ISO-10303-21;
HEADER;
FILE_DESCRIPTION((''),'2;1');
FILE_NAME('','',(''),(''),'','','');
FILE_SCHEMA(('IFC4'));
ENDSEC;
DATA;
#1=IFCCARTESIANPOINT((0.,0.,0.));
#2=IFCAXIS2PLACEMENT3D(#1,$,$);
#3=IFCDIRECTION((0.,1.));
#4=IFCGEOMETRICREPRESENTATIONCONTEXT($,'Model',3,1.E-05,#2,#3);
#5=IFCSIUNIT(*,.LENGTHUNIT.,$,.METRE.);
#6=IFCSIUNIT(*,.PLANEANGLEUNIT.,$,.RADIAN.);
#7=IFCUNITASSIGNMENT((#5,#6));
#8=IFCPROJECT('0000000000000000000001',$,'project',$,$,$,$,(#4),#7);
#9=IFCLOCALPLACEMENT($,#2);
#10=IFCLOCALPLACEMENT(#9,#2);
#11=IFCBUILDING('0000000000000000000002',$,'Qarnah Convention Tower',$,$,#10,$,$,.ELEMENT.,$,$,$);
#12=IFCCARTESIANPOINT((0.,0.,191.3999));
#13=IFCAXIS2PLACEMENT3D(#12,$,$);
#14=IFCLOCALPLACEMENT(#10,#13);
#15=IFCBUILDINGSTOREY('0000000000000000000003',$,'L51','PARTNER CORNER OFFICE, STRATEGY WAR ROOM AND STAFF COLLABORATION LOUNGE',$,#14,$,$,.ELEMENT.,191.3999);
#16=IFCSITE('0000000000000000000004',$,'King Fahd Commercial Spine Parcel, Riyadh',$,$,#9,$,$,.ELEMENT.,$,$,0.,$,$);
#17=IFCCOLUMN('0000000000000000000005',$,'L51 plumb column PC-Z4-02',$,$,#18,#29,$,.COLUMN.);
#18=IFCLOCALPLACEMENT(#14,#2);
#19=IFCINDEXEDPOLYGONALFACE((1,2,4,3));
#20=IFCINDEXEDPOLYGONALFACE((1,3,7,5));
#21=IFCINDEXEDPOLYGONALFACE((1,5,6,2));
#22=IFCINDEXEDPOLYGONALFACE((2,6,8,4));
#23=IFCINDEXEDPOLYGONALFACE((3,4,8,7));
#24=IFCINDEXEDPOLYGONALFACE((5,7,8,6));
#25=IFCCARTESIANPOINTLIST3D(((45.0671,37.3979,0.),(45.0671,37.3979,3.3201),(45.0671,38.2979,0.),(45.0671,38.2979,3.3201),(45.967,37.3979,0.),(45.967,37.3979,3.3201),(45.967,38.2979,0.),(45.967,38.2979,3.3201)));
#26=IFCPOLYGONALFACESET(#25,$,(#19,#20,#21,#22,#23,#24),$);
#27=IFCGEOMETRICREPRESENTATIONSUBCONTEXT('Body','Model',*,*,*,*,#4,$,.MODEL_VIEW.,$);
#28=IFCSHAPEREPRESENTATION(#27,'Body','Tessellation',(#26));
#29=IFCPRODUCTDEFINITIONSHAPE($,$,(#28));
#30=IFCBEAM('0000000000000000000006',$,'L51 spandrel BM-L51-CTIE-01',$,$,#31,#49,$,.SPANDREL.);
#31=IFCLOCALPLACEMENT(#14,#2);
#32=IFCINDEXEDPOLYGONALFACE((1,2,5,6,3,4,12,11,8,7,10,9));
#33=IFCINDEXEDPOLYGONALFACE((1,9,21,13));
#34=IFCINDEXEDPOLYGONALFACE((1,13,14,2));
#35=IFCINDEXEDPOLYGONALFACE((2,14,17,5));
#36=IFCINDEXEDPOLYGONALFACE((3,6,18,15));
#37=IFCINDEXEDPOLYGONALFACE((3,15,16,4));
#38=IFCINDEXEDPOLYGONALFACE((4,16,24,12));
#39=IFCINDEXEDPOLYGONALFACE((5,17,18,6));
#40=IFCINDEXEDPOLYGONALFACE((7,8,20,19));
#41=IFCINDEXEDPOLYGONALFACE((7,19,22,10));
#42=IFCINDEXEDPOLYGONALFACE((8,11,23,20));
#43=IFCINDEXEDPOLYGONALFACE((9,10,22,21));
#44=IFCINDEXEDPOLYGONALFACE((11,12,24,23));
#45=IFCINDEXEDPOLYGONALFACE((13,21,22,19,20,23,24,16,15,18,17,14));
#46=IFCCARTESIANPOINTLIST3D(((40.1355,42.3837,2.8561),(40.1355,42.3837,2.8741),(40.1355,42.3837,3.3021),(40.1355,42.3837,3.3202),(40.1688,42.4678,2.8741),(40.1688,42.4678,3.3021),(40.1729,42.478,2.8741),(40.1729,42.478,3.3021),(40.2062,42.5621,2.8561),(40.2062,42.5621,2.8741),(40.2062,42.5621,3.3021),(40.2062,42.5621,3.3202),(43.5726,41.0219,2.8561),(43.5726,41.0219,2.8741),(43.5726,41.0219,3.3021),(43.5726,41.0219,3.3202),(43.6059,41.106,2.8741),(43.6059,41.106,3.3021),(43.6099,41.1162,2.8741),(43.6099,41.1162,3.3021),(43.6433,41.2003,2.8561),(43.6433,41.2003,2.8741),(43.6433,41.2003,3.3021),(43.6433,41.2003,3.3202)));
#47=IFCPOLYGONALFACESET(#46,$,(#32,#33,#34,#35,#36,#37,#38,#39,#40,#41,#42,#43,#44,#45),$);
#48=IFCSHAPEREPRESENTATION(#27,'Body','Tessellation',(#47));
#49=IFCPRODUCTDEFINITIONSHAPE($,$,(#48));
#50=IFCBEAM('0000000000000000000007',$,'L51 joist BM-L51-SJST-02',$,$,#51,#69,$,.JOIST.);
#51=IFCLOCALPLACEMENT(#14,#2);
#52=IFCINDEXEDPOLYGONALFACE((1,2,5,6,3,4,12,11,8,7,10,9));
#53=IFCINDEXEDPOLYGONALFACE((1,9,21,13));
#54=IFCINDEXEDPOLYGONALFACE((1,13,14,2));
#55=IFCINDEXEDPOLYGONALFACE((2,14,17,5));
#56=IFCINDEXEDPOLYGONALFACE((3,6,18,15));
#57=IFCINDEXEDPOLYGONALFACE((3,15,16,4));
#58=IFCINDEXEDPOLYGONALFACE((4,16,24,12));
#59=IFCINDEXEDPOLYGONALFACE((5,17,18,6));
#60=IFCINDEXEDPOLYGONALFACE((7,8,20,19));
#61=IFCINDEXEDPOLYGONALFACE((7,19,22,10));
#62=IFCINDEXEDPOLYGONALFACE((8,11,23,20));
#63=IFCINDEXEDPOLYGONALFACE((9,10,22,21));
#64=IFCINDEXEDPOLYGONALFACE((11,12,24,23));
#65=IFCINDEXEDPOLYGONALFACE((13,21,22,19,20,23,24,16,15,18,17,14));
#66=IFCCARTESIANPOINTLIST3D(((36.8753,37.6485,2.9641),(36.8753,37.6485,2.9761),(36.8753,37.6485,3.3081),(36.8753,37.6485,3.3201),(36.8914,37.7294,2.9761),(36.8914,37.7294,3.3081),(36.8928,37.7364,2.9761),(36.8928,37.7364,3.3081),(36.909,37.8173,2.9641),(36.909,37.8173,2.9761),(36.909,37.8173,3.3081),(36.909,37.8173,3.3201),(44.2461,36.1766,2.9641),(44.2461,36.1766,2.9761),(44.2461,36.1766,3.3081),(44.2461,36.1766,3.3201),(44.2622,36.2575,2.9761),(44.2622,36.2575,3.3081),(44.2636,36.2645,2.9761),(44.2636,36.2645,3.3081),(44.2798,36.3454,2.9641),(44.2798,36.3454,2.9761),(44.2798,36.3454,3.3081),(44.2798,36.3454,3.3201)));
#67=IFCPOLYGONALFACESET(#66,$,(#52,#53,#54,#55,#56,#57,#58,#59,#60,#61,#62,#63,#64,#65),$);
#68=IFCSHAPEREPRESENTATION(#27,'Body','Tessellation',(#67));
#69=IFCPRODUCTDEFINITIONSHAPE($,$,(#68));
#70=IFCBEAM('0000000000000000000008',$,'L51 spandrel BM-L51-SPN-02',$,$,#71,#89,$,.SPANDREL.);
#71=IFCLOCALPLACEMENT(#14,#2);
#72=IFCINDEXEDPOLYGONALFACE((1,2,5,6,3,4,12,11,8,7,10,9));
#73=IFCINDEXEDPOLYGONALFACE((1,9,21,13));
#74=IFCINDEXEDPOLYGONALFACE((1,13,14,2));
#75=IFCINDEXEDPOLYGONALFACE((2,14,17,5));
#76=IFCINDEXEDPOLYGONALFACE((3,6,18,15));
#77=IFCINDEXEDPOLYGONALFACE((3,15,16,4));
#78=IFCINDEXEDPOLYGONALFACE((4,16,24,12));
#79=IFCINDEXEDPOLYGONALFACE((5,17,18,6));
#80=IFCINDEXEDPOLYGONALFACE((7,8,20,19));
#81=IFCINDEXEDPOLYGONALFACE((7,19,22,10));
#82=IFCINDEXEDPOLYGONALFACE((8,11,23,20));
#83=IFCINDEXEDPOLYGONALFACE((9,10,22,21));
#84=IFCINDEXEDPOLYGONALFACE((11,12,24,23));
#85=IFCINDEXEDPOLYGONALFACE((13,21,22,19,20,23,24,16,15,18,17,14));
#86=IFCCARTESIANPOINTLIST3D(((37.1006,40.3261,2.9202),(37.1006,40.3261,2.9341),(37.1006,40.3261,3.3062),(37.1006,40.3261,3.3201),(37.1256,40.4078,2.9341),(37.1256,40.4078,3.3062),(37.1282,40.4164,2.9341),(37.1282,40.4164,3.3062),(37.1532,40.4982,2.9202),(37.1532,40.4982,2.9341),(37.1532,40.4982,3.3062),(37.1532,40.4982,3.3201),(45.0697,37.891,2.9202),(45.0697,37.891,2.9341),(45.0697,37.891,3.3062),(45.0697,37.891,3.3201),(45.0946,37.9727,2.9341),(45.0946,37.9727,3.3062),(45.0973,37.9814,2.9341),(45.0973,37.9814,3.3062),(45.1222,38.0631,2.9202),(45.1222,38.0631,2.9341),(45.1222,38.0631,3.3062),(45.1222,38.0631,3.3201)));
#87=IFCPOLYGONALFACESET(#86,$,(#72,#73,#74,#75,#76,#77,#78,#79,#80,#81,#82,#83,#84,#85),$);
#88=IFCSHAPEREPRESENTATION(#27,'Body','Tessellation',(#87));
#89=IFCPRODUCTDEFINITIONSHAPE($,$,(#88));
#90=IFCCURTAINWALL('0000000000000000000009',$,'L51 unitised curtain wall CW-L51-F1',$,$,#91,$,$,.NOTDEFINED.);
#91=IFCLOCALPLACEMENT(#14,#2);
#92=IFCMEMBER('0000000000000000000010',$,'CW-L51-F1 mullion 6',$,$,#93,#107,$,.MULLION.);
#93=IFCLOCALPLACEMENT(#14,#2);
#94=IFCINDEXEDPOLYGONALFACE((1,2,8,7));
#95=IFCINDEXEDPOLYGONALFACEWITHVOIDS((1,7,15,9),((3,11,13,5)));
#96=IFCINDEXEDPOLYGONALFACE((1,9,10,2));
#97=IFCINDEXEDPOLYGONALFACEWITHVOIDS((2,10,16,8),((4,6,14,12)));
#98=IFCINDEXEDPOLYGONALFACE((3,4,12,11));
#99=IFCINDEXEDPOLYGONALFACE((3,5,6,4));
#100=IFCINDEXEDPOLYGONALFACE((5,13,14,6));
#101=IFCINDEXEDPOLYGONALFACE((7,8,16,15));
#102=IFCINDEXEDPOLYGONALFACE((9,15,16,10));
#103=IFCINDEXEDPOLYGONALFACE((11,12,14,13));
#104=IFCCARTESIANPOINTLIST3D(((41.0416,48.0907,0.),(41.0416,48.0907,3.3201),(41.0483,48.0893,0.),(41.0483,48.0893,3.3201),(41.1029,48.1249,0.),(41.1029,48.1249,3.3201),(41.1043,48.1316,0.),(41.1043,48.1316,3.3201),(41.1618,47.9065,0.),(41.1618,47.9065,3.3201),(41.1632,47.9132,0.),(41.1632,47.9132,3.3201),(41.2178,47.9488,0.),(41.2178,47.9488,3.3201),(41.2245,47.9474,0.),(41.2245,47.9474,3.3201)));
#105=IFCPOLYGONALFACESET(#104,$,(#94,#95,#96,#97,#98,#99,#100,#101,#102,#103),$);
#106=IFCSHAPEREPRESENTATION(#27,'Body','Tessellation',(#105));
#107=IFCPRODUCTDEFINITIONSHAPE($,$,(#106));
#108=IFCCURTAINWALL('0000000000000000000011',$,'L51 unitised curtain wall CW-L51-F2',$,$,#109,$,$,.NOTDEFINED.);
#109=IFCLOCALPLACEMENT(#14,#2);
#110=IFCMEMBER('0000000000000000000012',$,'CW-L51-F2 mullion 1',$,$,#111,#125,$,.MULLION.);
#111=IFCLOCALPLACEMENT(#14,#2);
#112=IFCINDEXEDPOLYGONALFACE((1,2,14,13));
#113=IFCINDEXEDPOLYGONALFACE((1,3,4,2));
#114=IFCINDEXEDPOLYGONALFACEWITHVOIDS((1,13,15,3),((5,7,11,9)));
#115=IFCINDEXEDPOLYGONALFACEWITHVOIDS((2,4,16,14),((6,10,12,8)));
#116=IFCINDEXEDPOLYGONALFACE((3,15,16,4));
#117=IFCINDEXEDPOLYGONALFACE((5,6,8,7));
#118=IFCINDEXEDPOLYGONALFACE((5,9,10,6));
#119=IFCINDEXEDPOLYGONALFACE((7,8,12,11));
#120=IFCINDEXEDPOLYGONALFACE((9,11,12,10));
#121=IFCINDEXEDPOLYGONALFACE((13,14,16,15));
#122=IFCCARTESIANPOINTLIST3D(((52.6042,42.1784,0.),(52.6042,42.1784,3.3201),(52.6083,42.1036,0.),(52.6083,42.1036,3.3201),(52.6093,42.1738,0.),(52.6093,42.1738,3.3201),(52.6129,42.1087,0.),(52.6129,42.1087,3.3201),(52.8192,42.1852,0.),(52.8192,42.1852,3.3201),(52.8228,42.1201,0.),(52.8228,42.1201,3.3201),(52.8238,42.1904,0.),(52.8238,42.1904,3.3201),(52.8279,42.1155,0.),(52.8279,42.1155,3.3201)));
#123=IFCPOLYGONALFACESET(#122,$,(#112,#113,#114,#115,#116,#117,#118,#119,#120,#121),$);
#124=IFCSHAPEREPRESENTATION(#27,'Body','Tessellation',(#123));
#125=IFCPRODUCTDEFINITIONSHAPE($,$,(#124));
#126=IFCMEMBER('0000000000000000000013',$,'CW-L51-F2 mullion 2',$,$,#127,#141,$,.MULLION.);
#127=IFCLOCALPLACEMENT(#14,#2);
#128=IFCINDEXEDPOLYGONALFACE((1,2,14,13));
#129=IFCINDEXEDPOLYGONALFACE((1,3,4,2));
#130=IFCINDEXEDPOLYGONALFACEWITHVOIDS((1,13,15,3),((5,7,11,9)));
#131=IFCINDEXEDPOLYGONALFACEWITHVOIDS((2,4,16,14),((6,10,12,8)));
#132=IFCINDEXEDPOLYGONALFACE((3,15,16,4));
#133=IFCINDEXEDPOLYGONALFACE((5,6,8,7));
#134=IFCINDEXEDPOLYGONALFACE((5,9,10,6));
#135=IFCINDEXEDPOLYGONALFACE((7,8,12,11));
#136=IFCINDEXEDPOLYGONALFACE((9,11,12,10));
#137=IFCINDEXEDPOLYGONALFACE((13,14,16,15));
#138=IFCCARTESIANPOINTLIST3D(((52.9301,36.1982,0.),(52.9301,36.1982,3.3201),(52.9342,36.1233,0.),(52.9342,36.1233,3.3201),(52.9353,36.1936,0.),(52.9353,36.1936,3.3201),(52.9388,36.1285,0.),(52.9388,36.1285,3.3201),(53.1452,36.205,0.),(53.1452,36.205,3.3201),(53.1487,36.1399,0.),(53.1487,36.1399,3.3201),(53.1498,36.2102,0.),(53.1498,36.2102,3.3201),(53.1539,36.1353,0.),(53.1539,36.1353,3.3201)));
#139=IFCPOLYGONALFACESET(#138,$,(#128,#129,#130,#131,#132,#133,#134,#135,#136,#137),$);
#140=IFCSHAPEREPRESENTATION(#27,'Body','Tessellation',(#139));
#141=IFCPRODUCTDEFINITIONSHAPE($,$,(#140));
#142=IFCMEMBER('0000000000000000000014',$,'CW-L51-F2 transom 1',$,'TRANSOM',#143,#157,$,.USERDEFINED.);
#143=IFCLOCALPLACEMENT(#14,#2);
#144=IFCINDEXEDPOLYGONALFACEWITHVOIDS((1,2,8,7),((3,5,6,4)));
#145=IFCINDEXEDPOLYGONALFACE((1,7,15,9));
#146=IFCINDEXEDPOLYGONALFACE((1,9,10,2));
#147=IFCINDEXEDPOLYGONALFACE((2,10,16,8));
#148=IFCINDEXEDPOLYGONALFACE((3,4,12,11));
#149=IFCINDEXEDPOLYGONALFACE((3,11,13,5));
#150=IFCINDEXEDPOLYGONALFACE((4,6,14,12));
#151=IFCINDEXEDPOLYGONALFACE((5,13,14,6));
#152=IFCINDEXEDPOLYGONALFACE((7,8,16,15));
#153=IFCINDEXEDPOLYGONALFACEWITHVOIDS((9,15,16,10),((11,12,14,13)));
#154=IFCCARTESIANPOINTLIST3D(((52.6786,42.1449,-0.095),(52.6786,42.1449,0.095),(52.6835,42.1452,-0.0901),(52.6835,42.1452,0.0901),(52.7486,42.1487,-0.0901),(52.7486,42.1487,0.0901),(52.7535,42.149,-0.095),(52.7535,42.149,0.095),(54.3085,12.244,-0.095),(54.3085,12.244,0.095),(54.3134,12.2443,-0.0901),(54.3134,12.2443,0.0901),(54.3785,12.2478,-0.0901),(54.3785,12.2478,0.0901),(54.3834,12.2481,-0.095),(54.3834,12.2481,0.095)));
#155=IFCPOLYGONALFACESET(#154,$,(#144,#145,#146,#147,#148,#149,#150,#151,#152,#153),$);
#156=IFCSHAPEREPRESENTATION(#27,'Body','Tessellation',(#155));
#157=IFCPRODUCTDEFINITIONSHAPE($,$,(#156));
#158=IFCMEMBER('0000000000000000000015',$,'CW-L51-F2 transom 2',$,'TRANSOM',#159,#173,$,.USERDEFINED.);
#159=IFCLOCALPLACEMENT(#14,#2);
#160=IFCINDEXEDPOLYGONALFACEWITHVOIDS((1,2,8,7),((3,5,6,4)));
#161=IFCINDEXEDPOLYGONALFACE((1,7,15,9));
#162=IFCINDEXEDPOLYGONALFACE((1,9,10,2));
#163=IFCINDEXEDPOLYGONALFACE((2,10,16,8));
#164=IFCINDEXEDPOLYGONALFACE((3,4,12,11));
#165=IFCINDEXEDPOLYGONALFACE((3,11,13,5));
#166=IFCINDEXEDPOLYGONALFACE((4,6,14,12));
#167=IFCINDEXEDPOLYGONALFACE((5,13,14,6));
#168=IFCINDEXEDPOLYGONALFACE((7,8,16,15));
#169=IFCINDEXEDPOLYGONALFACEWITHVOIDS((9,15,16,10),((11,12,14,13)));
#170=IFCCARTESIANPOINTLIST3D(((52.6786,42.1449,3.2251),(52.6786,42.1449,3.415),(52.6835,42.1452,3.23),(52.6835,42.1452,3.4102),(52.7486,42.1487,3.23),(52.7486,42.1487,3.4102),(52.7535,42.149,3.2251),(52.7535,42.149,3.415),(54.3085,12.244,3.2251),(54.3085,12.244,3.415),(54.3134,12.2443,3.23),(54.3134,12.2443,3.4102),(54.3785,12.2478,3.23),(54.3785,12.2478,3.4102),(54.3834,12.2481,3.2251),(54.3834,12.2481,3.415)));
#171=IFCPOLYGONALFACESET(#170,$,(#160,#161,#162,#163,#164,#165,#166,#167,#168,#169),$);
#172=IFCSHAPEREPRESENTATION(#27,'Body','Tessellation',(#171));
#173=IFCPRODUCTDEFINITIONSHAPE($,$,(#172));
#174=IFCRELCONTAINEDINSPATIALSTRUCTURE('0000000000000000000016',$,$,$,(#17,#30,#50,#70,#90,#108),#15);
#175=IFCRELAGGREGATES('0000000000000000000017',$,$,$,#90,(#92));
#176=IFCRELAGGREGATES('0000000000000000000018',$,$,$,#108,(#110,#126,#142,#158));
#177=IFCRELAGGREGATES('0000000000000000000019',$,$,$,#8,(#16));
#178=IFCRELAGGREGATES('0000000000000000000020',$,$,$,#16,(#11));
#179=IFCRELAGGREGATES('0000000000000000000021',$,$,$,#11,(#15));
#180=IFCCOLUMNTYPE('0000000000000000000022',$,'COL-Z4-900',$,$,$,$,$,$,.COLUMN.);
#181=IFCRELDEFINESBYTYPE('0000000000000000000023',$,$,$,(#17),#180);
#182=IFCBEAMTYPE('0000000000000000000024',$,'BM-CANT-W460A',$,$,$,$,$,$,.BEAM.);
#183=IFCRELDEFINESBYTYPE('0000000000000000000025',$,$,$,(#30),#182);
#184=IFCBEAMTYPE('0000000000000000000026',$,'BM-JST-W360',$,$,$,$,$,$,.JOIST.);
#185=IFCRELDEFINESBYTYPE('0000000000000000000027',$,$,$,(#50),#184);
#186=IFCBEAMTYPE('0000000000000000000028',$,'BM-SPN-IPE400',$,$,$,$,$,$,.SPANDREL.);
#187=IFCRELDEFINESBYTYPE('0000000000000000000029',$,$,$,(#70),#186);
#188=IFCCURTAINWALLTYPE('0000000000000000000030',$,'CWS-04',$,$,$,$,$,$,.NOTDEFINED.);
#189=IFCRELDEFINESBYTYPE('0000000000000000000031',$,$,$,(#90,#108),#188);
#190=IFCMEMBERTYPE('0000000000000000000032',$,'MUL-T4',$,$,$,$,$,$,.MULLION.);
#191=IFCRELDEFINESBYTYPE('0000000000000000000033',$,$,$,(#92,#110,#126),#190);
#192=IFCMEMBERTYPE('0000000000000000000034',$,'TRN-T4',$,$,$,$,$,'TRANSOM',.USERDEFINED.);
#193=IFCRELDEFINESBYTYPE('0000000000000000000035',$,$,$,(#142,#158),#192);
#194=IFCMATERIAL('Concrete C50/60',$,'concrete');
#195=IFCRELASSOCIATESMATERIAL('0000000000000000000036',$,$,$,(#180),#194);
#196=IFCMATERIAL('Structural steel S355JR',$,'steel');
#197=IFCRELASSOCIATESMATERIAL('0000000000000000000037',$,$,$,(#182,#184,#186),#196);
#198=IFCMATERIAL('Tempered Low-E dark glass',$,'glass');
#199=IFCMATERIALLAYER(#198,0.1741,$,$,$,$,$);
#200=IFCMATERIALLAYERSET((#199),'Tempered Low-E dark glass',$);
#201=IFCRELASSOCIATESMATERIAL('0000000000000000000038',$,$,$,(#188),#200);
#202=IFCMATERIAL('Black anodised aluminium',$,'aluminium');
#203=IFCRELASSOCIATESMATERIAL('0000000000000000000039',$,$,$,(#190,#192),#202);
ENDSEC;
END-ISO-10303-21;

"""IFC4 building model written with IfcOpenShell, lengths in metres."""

from ifc_helpers import new_model, si_unit, direction, frame, origin, origin_2d, place, context, subcontext, project, spatial, rectangle, hollow_rectangle, i_section, extrude, material, layer, layer_set, material_profile, profile_set, type_object, element, aggregate, save


model = new_model("IFC4")

# Units and contexts
model_context = context("Model", 3, precision=1e-05, world=origin(), true_north=direction((0.0, 1.0)))
body_context = subcontext(model_context, "Body", "Model", "MODEL_VIEW")
ifc_project = project(units=[si_unit("LENGTHUNIT", "METRE"), si_unit("PLANEANGLEUNIT", "RADIAN")], contexts=[model_context])

# Site, building, storey
site_placement = place(None, origin())
site = spatial("IfcSite", under=ifc_project, at=site_placement, Name="King Fahd Commercial Spine Parcel, Riyadh", CompositionType="ELEMENT", RefElevation=0.0)
building_placement = place(site_placement, origin())
building = spatial("IfcBuilding", under=site, at=building_placement, Name="Qarnah Convention Tower", CompositionType="ELEMENT")
storey_placement = place(building_placement, frame((0.0, 0.0, 191.3999)))
storey = spatial("IfcBuildingStorey", under=building, at=storey_placement, Name="L51", Description="PARTNER CORNER OFFICE, STRATEGY WAR ROOM AND STAFF COLLABORATION LOUNGE", CompositionType="ELEMENT", Elevation=191.3999)

# Column
ifc_material_1 = material(Name="Concrete C50/60", Category="concrete")
ifc_material_profile_1 = material_profile(ifc_material_1, rectangle(XDim=0.8999, YDim=0.8999, at=origin_2d()), Name="RC-COL-900X900")
ifc_profile_set_1 = profile_set([ifc_material_profile_1], Name="Concrete C50/60")
column_type = type_object("IfcColumnType", Name="COL-Z4-900", PredefinedType="COLUMN", material=ifc_profile_set_1)
column_placement = place(storey_placement, frame((45.5171, 37.8479, 0.0), z_axis=(0.0, 0.0, 1.0), x_axis=(1.0, 0.0, 0.0)))
element("IfcColumn", 1, at=column_placement, inside=storey, type_object=column_type, Name="L51 plumb column PC-Z4-02", PredefinedType="COLUMN", context=body_context, shape_type="SweptSolid", body=[
    extrude(rectangle(XDim=0.8999, YDim=0.8999, at=origin_2d()), origin(), (0.0, 0.0, 1.0), 3.3201),
])

# Beams
ifc_material_2 = material(Name="Structural steel S355JR", Category="steel")
ifc_material_profile_2 = material_profile(ifc_material_2, i_section(OverallWidth=0.1919, OverallDepth=0.4641, WebThickness=0.011, FlangeThickness=0.0181, at=origin_2d()), Name="W460X89")
ifc_profile_set_2 = profile_set([ifc_material_profile_2], Name="Structural steel S355JR")
beam_type_1 = type_object("IfcBeamType", Name="BM-CANT-W460A", PredefinedType="BEAM", material=ifc_profile_set_2)
beam_1_placement = place(storey_placement, frame((43.6079, 41.1111, 3.0881), z_axis=(-0.929683, 0.36836, 0.0), x_axis=(-0.36836, -0.929683, 0.0)))
element("IfcBeam", 2, at=beam_1_placement, inside=storey, type_object=beam_type_1, Name="L51 spandrel BM-L51-CTIE-01", PredefinedType="SPANDREL", context=body_context, shape_type="SweptSolid", body=[
    extrude(i_section(OverallWidth=0.1919, OverallDepth=0.4641, WebThickness=0.011, FlangeThickness=0.0181, at=origin_2d()), origin(), (0.0, 0.0, 1.0), 3.697),
])
ifc_material_profile_3 = material_profile(ifc_material_2, i_section(OverallWidth=0.1721, OverallDepth=0.356, WebThickness=0.0071, FlangeThickness=0.012, at=origin_2d()), Name="W360X51")
ifc_profile_set_3 = profile_set([ifc_material_profile_3], Name="Structural steel S355JR")
beam_type_2 = type_object("IfcBeamType", Name="BM-JST-W360", PredefinedType="JOIST", material=ifc_profile_set_3)
beam_2_placement = place(storey_placement, frame((44.2629, 36.261, 3.1421), z_axis=(-0.980638, 0.195829, 0.0), x_axis=(-0.195829, -0.980638, 0.0)))
element("IfcBeam", 3, at=beam_2_placement, inside=storey, type_object=beam_type_2, Name="L51 joist BM-L51-SJST-02", PredefinedType="JOIST", context=body_context, shape_type="SweptSolid", body=[
    extrude(i_section(OverallWidth=0.1721, OverallDepth=0.356, WebThickness=0.0071, FlangeThickness=0.012, at=origin_2d()), origin(), (0.0, 0.0, 1.0), 7.5164),
])
ifc_material_profile_4 = material_profile(ifc_material_2, i_section(OverallWidth=0.1799, OverallDepth=0.3999, WebThickness=0.009, FlangeThickness=0.0139, at=origin_2d()), Name="IPE400")
ifc_profile_set_4 = profile_set([ifc_material_profile_4], Name="Structural steel S355JR")
beam_type_3 = type_object("IfcBeamType", Name="BM-SPN-IPE400", PredefinedType="SPANDREL", material=ifc_profile_set_4)
beam_3_placement = place(storey_placement, frame((45.0959, 37.9771, 3.1201), z_axis=(-0.956349, 0.292228, 0.0), x_axis=(-0.292228, -0.956349, 0.0)))
element("IfcBeam", 4, at=beam_3_placement, inside=storey, type_object=beam_type_3, Name="L51 spandrel BM-L51-SPN-02", PredefinedType="SPANDREL", context=body_context, shape_type="SweptSolid", body=[
    extrude(i_section(OverallWidth=0.1799, OverallDepth=0.3999, WebThickness=0.009, FlangeThickness=0.0139, at=origin_2d()), origin(), (0.0, 0.0, 1.0), 8.3328),
])

# Curtain wall, member
ifc_material_3 = material(Name="Tempered Low-E dark glass", Category="glass")
ifc_layer_1 = layer(ifc_material_3, 0.1741)
ifc_layer_set_1 = layer_set([ifc_layer_1], Name="Tempered Low-E dark glass")
curtain_wall_type = type_object("IfcCurtainWallType", Name="CWS-04", PredefinedType="NOTDEFINED", material=ifc_layer_set_1)
curtain_wall_1_placement = place(storey_placement, origin())
curtain_wall_1 = element("IfcCurtainWall", 5, at=curtain_wall_1_placement, inside=storey, type_object=curtain_wall_type, Name="L51 unitised curtain wall CW-L51-F1", PredefinedType="NOTDEFINED")
ifc_material_4 = material(Name="Black anodised aluminium", Category="aluminium")
ifc_material_profile_5 = material_profile(ifc_material_4, hollow_rectangle(XDim=0.075, YDim=0.22, WallThickness=0.0049, at=origin_2d()), Name="MUL-75X220")
ifc_profile_set_5 = profile_set([ifc_material_profile_5], Name="Black anodised aluminium")
member_type_1 = type_object("IfcMemberType", Name="MUL-T4", PredefinedType="MULLION", material=ifc_profile_set_5)
member_1_placement = place(storey_placement, frame((41.1331, 48.019, 0.0), z_axis=(0.0, 0.0, 1.0), x_axis=(0.837512, 0.54642, 0.0)))
member_1 = element("IfcMember", 6, at=member_1_placement, type_object=member_type_1, Name="CW-L51-F1 mullion 6", PredefinedType="MULLION", context=body_context, shape_type="SweptSolid", body=[
    extrude(hollow_rectangle(XDim=0.075, YDim=0.22, WallThickness=0.0049, at=origin_2d()), origin(), (0.0, 0.0, 1.0), 3.3201),
])

# Curtain wall, members
curtain_wall_2_placement = place(storey_placement, origin())
curtain_wall_2 = element("IfcCurtainWall", 7, at=curtain_wall_2_placement, inside=storey, type_object=curtain_wall_type, Name="L51 unitised curtain wall CW-L51-F2", PredefinedType="NOTDEFINED")
member_2_placement = place(storey_placement, frame((52.7161, 42.147, 0.0), z_axis=(0.0, 0.0, 1.0), x_axis=(0.054432, -0.998517, 0.0)))
member_2 = element("IfcMember", 8, at=member_2_placement, type_object=member_type_1, Name="CW-L51-F2 mullion 1", PredefinedType="MULLION", context=body_context, shape_type="SweptSolid", body=[
    extrude(hollow_rectangle(XDim=0.075, YDim=0.22, WallThickness=0.0049, at=origin_2d()), origin(), (0.0, 0.0, 1.0), 3.3201),
])
member_3_placement = place(storey_placement, frame((53.042, 36.1667, 0.0), z_axis=(0.0, 0.0, 1.0), x_axis=(0.054432, -0.998517, 0.0)))
member_3 = element("IfcMember", 9, at=member_3_placement, type_object=member_type_1, Name="CW-L51-F2 mullion 2", PredefinedType="MULLION", context=body_context, shape_type="SweptSolid", body=[
    extrude(hollow_rectangle(XDim=0.075, YDim=0.22, WallThickness=0.0049, at=origin_2d()), origin(), (0.0, 0.0, 1.0), 3.3201),
])
ifc_material_profile_6 = material_profile(ifc_material_4, hollow_rectangle(XDim=0.075, YDim=0.1899, WallThickness=0.0049, at=origin_2d()), Name="TRN-75X190")
ifc_profile_set_6 = profile_set([ifc_material_profile_6], Name="Black anodised aluminium")
member_type_2 = type_object("IfcMemberType", Name="TRN-T4", ElementType="TRANSOM", PredefinedType="USERDEFINED", material=ifc_profile_set_6)
member_4_placement = place(storey_placement, frame((52.7161, 42.147, 0.0), z_axis=(0.054429, -0.998518, 0.0), x_axis=(0.998518, 0.054429, 0.0)))
member_4 = element("IfcMember", 10, at=member_4_placement, type_object=member_type_2, Name="CW-L51-F2 transom 1", ObjectType="TRANSOM", PredefinedType="USERDEFINED", context=body_context, shape_type="SweptSolid", body=[
    extrude(hollow_rectangle(XDim=0.075, YDim=0.1899, WallThickness=0.0049, at=origin_2d()), origin(), (0.0, 0.0, 1.0), 29.9453),
])
member_5_placement = place(storey_placement, frame((52.7161, 42.147, 3.3201), z_axis=(0.054429, -0.998518, 0.0), x_axis=(0.998518, 0.054429, 0.0)))
member_5 = element("IfcMember", 11, at=member_5_placement, type_object=member_type_2, Name="CW-L51-F2 transom 2", ObjectType="TRANSOM", PredefinedType="USERDEFINED", context=body_context, shape_type="SweptSolid", body=[
    extrude(hollow_rectangle(XDim=0.075, YDim=0.1899, WallThickness=0.0049, at=origin_2d()), origin(), (0.0, 0.0, 1.0), 29.9453),
])

aggregate(curtain_wall_1, [member_1])
aggregate(curtain_wall_2, [member_2, member_3, member_4, member_5])

save(model, "model.ifc")
